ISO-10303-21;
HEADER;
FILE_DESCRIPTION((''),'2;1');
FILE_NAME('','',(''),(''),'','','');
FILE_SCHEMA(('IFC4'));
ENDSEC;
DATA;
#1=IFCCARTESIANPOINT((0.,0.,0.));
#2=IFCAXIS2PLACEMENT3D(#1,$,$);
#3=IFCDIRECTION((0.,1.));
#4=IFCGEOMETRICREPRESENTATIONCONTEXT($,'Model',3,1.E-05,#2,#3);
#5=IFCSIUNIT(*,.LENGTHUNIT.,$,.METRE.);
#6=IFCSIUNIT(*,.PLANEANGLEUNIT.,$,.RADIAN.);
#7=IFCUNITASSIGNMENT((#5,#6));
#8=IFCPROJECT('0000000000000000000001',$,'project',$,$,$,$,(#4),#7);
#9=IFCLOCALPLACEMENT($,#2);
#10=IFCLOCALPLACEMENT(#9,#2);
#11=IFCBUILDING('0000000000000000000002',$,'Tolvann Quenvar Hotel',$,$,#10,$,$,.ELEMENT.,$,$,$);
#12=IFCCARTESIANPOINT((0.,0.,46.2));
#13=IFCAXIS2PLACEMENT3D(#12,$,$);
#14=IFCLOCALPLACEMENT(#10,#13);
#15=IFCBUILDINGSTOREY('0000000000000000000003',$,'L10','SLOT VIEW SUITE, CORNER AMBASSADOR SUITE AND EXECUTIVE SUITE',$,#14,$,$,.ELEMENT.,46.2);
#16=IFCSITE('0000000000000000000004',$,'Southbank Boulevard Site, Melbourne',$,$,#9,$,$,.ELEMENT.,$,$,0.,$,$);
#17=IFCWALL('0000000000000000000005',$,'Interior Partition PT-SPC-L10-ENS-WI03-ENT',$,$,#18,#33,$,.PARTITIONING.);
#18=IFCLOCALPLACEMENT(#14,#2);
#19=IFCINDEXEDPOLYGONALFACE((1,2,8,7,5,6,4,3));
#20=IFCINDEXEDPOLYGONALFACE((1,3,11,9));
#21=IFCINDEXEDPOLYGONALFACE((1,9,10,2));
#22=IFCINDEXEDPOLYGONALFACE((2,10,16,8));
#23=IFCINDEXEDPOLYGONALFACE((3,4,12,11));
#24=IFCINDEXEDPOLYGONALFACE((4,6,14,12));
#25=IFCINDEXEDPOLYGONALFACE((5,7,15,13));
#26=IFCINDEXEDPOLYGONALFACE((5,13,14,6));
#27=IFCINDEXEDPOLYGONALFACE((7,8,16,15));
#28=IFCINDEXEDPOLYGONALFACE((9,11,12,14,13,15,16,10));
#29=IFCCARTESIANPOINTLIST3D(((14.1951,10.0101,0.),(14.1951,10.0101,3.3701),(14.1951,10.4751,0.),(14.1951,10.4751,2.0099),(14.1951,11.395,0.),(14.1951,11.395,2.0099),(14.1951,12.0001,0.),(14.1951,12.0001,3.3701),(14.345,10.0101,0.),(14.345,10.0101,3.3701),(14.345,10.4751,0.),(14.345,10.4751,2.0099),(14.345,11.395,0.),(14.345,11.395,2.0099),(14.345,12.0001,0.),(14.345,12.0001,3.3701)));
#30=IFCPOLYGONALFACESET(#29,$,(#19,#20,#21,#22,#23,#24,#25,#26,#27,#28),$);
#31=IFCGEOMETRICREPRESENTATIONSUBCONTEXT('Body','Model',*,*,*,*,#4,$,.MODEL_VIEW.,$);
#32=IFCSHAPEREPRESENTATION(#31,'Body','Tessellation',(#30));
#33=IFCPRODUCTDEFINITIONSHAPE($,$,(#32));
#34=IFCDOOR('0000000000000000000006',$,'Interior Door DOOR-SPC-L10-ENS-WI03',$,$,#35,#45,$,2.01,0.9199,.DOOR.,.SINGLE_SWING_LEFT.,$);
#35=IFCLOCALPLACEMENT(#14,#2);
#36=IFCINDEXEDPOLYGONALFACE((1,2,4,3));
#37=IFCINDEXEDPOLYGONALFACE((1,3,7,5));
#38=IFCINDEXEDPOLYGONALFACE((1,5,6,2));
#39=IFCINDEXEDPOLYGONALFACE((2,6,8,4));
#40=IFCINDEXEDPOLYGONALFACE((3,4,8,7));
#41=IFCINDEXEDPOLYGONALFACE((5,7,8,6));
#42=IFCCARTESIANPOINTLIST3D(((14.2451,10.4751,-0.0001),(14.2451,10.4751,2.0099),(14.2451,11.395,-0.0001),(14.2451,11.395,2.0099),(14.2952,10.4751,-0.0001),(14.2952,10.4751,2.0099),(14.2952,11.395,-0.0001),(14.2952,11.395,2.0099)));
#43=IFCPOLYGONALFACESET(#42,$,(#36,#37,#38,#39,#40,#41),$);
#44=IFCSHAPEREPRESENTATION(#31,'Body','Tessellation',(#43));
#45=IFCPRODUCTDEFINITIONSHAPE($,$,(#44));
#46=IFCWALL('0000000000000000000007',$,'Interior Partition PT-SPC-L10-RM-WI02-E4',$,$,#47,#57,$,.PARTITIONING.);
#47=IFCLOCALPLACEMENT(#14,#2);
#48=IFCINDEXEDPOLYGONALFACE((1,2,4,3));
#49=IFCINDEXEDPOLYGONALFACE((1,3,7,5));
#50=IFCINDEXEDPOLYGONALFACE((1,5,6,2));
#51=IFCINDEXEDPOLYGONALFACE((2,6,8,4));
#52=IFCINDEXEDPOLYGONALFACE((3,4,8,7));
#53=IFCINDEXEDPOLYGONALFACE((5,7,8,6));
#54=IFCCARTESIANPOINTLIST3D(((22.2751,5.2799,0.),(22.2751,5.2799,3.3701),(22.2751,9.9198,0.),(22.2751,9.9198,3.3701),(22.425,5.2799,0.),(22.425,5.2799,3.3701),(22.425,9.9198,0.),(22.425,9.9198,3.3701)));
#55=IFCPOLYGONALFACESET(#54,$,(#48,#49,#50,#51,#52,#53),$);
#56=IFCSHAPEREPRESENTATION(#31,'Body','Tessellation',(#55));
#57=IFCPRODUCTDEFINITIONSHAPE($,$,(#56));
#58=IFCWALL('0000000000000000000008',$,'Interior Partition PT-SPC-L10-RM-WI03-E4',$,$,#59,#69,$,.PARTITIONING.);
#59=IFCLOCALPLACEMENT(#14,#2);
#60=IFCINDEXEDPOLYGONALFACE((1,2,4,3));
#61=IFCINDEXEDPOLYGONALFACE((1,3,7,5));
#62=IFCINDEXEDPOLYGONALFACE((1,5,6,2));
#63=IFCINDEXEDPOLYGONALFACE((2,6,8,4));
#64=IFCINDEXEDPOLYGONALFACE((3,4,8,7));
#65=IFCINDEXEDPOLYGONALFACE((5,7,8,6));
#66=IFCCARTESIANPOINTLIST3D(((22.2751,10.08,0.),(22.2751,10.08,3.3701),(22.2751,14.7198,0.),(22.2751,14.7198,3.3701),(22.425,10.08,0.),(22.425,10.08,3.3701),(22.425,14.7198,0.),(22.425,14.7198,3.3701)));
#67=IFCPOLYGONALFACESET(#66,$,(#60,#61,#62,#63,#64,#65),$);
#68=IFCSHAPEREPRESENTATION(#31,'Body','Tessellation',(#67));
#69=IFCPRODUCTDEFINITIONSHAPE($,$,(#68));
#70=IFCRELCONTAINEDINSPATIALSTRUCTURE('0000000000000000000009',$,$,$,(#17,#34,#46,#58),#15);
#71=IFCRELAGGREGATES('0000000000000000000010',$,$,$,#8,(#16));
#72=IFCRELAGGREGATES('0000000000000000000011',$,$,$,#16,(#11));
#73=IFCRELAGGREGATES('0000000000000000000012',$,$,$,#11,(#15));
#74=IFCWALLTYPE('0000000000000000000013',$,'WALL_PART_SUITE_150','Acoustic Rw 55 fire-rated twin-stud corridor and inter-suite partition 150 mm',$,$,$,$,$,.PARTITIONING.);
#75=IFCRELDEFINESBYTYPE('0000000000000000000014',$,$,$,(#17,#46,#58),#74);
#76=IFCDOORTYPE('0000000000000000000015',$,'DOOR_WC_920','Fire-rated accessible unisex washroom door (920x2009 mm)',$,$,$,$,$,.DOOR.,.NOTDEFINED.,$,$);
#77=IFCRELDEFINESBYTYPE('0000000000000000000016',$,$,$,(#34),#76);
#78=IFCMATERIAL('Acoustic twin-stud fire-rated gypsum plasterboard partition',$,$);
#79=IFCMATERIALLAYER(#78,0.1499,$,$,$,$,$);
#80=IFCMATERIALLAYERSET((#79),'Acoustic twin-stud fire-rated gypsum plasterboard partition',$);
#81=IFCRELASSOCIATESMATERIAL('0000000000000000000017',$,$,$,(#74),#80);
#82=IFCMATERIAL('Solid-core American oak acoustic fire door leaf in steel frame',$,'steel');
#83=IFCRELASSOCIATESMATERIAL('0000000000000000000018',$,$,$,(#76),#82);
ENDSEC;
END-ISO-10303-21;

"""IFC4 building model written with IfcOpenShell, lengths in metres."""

from ifc_helpers import new_model, si_unit, direction, frame, frame_2d, origin, place, context, subcontext, project, spatial, rectangle, extrude, source, transform, mapped, material, layer, layer_set, type_object, type_shapes, element, fill, save


model = new_model("IFC4")

# Units and contexts
model_context = context("Model", 3, precision=1e-05, world=origin(), true_north=direction((0.0, 1.0)))
body_context = subcontext(model_context, "Body", "Model", "MODEL_VIEW")
ifc_project = project(units=[si_unit("LENGTHUNIT", "METRE"), si_unit("PLANEANGLEUNIT", "RADIAN")], contexts=[model_context])

# Site, building, storey
site_placement = place(None, origin())
site = spatial("IfcSite", under=ifc_project, at=site_placement, Name="Southbank Boulevard Site, Melbourne", CompositionType="ELEMENT", RefElevation=0.0)
building_placement = place(site_placement, origin())
building = spatial("IfcBuilding", under=site, at=building_placement, Name="Tolvann Quenvar Hotel", CompositionType="ELEMENT")
storey_placement = place(building_placement, frame((0.0, 0.0, 46.2)))
storey = spatial("IfcBuildingStorey", under=building, at=storey_placement, Name="L10", Description="SLOT VIEW SUITE, CORNER AMBASSADOR SUITE AND EXECUTIVE SUITE", CompositionType="ELEMENT", Elevation=46.2)

# Wall, opening, door
ifc_material_1 = material(Name="Acoustic twin-stud fire-rated gypsum plasterboard partition")
ifc_layer_1 = layer(ifc_material_1, 0.1499)
ifc_layer_set_1 = layer_set([ifc_layer_1], Name="Acoustic twin-stud fire-rated gypsum plasterboard partition")
wall_type_1 = type_object("IfcWallType", Name="WALL_PART_SUITE_150", Description="Acoustic Rw 55 fire-rated twin-stud corridor and inter-suite partition 150 mm", PredefinedType="PARTITIONING", material=ifc_layer_set_1)
ifc_material_2 = material(Name="Solid-core American oak acoustic fire door leaf in steel frame", Category="steel")
door_type_1 = type_object("IfcDoorType", Name="DOOR_WC_920", Description="Fire-rated accessible unisex washroom door (920x2009 mm)", OperationType="NOTDEFINED", PredefinedType="DOOR", material=ifc_material_2)
shared_shape_1 = source(origin(), body_context, "Body", "SweptSolid", [
    extrude(rectangle(XDim=0.9199, YDim=2.01, at=frame_2d((0.46, 1.0049))), frame((0.0, 0.0249, 0.0), z_axis=(0.0, -1.0, 0.0), x_axis=(1.0, 0.0, 0.0)), (0.0, 0.0, 1.0), 0.05),
])
type_shapes(door_type_1, [shared_shape_1])
wall_1_placement = place(storey_placement, frame((14.27, 10.01, 0.0), z_axis=(0.0, 0.0, 1.0), x_axis=(0.0, 1.0, 0.0)))
wall_1 = element("IfcWall", 1, at=wall_1_placement, inside=storey, type_object=wall_type_1, Name="Interior Partition PT-SPC-L10-ENS-WI03-ENT", PredefinedType="PARTITIONING", context=body_context, shape_type="SweptSolid", body=[
    extrude(rectangle(XDim=1.99, YDim=0.1499, at=frame_2d((0.9951, 0.0))), origin(), (0.0, 0.0, 1.0), 3.3701),
])
opening_1_placement = place(wall_1_placement, frame((0.4651, 0.0, 0.0)))
opening_1 = element("IfcOpeningElement", 2, at=opening_1_placement, cuts=wall_1, PredefinedType="OPENING", context=body_context, shape_type="SweptSolid", body=[
    extrude(rectangle(XDim=0.9199, YDim=2.01, at=frame_2d((0.46, 1.0049))), frame((0.0, 0.085, 0.0), z_axis=(0.0, -1.0, 0.0), x_axis=(1.0, 0.0, 0.0)), (0.0, 0.0, 1.0), 0.1699),
])
door_1_placement = place(opening_1_placement, origin())
door_1 = element("IfcDoor", 3, at=door_1_placement, inside=storey, type_object=door_type_1, Name="Interior Door DOOR-SPC-L10-ENS-WI03", OperationType="SINGLE_SWING_LEFT", OverallHeight=2.01, OverallWidth=0.9199, PredefinedType="DOOR", context=body_context, shape_type="MappedRepresentation", body=[
    mapped(shared_shape_1, transform((0.0, 0.0, 0.0), x_axis=(1.0, 0.0, 0.0), y_axis=(0.0, 1.0, 0.0), z_axis=(0.0, 0.0, 1.0), scale=1.0)),
])
fill(opening_1, door_1)

# Walls
for number, where, z_axis, x_axis, name in (
    (4, (22.3501, 5.28, 0.0), (0.0, 0.0, 1.0), (0.0, 1.0, 0.0), "Interior Partition PT-SPC-L10-RM-WI02-E4"),
    (5, (22.3501, 10.0801, 0.0), (0.0, 0.0, 1.0), (0.0, 1.0, 0.0), "Interior Partition PT-SPC-L10-RM-WI03-E4"),
):
    element("IfcWall", number, at=place(storey_placement, frame(where, z_axis=z_axis, x_axis=x_axis)), inside=storey, type_object=wall_type_1, Name=name, PredefinedType="PARTITIONING", context=body_context, shape_type="SweptSolid", body=[
        extrude(rectangle(XDim=4.6399, YDim=0.1499, at=frame_2d((2.3198, 0.0))), origin(), (0.0, 0.0, 1.0), 3.3701),
    ])

save(model, "model.ifc")
